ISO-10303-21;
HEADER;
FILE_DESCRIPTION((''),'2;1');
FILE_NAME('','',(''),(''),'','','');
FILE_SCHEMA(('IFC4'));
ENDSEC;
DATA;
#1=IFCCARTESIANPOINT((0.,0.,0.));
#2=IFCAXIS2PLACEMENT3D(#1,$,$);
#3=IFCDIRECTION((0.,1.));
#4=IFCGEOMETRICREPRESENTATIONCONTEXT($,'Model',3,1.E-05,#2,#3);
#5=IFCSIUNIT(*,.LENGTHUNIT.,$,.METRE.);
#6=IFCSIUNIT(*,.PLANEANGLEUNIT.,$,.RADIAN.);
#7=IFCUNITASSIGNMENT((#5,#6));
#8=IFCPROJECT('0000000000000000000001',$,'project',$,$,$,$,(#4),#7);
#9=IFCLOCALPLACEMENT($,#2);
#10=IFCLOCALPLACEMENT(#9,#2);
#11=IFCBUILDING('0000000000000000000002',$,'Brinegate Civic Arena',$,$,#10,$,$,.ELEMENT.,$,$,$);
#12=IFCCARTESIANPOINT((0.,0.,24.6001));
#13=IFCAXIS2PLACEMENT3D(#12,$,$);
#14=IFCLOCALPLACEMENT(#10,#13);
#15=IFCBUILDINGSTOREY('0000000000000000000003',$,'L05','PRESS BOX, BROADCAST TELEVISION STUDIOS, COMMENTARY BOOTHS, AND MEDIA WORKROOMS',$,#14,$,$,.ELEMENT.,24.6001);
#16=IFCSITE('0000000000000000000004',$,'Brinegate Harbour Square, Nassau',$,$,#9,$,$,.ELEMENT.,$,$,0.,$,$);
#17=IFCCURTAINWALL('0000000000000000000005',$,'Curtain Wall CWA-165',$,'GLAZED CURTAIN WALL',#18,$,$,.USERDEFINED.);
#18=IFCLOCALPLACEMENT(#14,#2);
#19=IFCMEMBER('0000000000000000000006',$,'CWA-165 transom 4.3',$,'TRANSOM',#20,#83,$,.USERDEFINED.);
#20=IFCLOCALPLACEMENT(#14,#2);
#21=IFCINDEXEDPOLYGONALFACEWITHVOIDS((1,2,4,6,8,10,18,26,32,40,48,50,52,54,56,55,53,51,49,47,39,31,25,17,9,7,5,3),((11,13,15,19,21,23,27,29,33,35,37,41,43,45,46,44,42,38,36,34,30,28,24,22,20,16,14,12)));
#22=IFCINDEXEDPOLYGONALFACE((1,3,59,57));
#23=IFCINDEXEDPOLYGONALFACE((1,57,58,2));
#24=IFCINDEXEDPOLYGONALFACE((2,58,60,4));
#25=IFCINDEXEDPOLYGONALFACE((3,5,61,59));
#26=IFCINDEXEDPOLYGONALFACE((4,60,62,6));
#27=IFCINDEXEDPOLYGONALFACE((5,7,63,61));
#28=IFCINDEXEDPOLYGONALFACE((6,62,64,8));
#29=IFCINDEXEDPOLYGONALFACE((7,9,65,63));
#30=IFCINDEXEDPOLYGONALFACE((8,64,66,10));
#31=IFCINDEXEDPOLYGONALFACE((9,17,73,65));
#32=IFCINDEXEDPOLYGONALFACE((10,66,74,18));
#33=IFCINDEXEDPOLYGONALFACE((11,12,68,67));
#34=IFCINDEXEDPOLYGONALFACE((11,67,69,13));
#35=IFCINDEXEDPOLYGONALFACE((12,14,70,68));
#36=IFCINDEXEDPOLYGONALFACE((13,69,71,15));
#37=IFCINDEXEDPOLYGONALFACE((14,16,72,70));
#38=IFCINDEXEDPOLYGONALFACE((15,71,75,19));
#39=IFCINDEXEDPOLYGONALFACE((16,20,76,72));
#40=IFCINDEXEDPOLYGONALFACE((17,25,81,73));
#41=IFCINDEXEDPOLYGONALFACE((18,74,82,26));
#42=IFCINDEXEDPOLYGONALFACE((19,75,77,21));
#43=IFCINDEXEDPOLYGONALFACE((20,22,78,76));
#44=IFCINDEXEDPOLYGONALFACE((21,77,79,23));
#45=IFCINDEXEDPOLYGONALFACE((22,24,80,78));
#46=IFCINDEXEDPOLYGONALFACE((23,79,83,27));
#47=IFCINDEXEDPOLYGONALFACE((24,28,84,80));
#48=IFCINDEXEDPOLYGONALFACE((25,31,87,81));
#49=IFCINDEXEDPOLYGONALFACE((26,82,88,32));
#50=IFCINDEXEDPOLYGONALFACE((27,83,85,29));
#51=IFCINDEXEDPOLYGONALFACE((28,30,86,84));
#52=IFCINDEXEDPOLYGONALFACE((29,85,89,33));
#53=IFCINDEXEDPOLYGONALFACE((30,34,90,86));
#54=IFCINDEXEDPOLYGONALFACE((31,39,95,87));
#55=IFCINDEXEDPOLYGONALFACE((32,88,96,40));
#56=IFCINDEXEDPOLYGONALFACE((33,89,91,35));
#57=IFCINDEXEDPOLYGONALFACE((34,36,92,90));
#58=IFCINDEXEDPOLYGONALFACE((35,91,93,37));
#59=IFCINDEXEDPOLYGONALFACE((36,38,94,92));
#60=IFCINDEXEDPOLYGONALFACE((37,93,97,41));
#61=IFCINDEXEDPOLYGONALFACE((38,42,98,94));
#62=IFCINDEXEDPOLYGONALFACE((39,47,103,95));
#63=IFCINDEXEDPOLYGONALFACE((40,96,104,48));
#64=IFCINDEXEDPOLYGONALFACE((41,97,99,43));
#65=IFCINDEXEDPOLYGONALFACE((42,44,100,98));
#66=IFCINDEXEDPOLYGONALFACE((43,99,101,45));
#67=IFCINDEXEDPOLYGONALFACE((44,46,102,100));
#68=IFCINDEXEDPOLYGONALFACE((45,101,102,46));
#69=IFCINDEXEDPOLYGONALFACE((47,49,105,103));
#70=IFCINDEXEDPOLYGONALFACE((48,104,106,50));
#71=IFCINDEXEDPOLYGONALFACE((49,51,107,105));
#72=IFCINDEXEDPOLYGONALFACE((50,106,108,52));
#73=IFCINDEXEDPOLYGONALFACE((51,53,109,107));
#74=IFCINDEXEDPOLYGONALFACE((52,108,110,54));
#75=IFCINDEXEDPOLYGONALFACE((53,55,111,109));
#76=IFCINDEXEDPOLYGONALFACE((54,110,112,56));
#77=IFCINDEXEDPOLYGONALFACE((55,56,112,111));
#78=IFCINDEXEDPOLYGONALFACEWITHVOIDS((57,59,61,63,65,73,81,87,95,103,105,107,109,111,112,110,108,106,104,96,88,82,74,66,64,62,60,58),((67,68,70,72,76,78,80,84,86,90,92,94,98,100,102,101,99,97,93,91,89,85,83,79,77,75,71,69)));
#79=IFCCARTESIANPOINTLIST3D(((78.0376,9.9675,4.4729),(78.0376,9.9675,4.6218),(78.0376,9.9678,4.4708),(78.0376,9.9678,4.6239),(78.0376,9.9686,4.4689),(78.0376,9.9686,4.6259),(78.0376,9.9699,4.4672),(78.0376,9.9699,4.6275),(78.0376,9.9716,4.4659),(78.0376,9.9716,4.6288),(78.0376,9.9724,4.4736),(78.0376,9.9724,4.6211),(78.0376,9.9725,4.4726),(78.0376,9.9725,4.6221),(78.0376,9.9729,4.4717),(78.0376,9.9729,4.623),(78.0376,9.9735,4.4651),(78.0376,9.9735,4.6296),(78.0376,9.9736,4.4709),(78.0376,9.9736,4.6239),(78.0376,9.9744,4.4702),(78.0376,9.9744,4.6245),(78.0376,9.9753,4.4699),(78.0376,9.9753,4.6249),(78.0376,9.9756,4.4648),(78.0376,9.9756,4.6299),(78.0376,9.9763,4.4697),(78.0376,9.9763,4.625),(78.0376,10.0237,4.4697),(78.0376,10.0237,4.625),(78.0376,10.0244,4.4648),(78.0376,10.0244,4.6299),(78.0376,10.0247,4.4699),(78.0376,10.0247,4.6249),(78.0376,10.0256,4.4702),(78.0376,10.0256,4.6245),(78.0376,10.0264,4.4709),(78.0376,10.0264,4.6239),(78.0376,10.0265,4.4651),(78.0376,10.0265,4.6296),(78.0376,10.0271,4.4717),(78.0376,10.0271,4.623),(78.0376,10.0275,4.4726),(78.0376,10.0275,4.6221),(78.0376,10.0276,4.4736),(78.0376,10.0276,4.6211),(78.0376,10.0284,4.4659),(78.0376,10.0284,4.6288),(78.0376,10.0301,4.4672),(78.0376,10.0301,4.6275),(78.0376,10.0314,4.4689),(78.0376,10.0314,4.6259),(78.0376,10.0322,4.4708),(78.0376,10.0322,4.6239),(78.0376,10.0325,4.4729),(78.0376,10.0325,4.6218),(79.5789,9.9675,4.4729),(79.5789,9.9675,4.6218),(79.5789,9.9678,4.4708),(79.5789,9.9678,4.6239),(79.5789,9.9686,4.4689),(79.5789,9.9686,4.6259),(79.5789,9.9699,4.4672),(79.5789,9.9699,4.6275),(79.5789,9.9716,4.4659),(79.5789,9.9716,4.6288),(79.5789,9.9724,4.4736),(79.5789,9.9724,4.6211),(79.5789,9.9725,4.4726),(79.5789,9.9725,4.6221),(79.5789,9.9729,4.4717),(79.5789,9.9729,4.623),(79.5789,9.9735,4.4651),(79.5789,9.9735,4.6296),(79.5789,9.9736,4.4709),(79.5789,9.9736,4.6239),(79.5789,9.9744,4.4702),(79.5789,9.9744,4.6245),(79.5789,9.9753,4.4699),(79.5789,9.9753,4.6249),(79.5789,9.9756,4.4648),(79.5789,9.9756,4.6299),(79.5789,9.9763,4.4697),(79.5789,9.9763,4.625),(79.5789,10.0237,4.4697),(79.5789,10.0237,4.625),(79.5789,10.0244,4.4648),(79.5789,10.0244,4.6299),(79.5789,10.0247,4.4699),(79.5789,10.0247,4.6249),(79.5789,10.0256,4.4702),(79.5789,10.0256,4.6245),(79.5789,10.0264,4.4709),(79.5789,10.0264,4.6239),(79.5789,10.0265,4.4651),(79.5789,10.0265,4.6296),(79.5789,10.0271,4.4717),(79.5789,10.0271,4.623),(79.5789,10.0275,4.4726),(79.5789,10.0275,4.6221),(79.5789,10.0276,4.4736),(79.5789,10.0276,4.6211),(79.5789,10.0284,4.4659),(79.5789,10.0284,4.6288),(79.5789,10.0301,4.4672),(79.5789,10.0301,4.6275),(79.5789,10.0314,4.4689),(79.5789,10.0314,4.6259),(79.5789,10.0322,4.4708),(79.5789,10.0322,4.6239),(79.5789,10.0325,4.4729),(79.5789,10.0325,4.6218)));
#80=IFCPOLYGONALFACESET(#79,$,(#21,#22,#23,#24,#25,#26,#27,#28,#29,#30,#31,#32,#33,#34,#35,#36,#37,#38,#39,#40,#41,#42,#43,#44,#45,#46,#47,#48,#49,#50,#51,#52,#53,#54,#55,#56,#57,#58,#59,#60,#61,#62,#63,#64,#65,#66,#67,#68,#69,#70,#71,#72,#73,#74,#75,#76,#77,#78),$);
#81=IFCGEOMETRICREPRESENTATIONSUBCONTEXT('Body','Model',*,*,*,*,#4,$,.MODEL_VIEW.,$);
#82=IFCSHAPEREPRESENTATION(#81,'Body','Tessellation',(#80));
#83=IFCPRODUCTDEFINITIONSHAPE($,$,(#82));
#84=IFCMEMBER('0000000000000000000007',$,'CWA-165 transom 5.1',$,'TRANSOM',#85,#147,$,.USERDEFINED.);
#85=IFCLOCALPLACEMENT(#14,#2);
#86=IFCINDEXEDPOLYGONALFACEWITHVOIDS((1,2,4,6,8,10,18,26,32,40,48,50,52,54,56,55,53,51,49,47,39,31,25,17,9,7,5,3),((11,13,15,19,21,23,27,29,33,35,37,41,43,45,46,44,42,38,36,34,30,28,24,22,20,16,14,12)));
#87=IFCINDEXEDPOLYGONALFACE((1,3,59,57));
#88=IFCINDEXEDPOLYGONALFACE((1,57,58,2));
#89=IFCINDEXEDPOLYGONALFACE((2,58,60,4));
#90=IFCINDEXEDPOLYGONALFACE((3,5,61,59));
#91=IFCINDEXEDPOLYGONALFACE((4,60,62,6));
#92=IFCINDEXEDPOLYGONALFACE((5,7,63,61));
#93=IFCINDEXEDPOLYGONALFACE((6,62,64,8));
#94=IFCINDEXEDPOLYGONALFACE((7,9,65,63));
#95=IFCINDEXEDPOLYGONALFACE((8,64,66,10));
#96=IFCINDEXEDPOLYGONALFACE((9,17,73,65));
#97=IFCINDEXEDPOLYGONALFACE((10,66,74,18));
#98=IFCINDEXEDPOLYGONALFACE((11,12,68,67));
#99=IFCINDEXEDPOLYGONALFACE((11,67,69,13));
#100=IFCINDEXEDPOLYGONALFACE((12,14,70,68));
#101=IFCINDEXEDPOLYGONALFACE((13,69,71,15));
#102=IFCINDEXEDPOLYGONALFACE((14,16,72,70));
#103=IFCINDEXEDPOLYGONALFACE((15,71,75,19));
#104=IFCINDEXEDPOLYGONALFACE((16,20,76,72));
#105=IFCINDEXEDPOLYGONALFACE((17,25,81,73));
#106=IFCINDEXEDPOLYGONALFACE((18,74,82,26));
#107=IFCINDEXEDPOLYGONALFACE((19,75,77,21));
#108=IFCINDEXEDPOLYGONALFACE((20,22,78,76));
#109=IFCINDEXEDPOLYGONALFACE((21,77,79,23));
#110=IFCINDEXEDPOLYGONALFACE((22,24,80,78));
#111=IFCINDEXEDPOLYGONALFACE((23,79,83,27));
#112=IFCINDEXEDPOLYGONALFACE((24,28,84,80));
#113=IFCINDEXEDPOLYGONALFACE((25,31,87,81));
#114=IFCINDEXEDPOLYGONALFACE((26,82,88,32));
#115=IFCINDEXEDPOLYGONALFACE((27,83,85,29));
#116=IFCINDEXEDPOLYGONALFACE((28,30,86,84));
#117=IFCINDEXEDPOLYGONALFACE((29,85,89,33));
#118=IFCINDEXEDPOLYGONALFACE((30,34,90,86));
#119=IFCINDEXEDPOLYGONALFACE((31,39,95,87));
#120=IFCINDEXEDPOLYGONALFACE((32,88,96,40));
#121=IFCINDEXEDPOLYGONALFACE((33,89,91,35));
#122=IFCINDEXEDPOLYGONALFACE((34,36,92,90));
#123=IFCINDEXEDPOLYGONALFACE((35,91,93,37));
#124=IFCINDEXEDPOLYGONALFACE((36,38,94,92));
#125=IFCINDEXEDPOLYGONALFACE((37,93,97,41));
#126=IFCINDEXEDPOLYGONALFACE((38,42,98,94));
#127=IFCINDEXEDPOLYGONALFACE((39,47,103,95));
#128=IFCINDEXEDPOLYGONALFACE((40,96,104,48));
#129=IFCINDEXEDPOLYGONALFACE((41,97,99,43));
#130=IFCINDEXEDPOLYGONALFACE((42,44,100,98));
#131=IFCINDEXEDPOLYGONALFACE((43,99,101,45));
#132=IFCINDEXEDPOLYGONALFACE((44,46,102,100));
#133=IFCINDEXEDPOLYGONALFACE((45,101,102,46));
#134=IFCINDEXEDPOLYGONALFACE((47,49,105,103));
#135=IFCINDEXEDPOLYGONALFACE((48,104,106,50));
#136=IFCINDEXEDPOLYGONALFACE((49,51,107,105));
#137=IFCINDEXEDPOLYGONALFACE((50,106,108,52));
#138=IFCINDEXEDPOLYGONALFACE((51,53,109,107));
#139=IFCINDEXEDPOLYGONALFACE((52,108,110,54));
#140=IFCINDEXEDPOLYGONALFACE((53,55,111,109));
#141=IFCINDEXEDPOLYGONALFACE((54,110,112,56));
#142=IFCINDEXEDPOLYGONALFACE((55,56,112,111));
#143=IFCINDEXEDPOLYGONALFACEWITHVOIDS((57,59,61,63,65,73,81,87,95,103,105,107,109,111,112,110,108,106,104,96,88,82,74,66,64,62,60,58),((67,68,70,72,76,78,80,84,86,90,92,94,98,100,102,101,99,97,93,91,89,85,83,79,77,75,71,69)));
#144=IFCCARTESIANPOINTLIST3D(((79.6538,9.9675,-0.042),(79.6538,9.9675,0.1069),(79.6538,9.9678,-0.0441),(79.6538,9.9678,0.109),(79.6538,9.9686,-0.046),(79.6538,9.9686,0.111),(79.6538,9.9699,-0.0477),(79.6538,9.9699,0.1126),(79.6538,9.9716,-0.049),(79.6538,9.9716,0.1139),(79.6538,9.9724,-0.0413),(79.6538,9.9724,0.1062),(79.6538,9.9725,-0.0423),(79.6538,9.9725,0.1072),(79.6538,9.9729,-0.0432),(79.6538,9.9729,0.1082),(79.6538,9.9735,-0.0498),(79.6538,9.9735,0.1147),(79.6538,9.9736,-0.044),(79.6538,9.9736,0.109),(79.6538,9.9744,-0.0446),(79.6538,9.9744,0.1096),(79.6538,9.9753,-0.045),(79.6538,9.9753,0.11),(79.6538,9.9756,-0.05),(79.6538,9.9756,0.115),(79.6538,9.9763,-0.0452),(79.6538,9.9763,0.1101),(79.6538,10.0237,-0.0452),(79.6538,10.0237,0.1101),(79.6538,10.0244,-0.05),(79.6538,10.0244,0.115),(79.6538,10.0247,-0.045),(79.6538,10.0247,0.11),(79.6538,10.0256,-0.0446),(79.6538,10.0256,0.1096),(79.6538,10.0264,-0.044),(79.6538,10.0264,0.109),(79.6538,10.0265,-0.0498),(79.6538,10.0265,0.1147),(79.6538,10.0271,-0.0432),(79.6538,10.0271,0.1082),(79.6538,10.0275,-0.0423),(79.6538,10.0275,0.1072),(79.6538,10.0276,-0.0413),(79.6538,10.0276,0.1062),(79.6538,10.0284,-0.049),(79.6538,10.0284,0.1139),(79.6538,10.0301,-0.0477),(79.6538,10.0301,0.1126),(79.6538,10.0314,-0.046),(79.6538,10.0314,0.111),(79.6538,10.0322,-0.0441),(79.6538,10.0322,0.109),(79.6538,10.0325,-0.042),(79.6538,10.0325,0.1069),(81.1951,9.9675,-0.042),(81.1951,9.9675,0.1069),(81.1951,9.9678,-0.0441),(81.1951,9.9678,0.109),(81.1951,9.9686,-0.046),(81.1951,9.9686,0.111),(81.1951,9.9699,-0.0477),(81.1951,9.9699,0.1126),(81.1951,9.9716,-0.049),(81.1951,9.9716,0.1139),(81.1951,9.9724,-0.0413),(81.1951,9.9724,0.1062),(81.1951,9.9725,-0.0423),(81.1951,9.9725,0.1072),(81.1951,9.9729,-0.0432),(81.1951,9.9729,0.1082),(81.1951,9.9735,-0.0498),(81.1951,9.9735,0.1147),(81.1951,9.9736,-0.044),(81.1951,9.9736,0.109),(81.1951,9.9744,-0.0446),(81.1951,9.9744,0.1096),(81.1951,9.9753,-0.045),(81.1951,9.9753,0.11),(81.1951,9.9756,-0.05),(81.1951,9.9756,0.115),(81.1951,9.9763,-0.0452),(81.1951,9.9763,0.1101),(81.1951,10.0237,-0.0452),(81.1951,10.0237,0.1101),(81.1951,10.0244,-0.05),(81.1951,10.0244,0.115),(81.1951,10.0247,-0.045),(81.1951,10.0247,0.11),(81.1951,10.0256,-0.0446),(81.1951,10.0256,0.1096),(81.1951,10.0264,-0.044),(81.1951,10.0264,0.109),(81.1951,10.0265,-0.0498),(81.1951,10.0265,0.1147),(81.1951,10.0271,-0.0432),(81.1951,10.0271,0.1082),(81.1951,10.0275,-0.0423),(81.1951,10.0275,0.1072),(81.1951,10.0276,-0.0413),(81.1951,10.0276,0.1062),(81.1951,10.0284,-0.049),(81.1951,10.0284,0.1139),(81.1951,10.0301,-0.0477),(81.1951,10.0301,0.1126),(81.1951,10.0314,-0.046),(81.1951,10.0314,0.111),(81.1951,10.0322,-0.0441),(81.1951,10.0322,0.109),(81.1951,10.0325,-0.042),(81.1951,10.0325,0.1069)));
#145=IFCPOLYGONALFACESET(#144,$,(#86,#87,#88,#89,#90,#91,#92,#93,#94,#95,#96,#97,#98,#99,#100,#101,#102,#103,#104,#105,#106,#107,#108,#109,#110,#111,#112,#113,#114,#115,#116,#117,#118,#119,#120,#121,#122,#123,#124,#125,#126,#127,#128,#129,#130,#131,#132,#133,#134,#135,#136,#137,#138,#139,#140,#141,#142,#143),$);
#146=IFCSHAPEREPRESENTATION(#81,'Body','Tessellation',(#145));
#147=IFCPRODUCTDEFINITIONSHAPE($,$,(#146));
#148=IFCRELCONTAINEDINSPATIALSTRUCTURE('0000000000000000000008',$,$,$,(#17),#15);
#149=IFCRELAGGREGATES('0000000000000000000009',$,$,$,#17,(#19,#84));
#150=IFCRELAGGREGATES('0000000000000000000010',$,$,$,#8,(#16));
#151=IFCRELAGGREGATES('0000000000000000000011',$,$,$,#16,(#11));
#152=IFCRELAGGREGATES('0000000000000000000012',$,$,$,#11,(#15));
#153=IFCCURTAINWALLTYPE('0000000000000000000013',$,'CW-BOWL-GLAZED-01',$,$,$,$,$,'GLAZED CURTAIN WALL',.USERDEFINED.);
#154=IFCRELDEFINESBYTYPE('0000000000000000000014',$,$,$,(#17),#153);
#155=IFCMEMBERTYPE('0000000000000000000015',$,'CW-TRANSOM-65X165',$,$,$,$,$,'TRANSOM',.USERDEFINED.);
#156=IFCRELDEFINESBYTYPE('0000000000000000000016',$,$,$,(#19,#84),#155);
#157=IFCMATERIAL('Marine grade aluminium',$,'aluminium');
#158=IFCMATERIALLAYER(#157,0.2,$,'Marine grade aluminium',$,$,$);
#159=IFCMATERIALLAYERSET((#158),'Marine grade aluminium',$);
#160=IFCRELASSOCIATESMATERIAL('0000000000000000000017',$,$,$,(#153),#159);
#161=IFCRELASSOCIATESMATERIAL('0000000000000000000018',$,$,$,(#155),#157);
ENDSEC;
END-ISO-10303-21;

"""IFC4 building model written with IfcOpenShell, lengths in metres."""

from ifc_helpers import new_model, si_unit, direction, frame, origin, origin_2d, place, context, subcontext, project, spatial, hollow_rectangle, extrude, material, layer, layer_set, material_profile, profile_set, type_object, element, aggregate, save


model = new_model("IFC4")

# Units and contexts
model_context = context("Model", 3, precision=1e-05, world=origin(), true_north=direction((0.0, 1.0)))
body_context = subcontext(model_context, "Body", "Model", "MODEL_VIEW")
ifc_project = project(units=[si_unit("LENGTHUNIT", "METRE"), si_unit("PLANEANGLEUNIT", "RADIAN")], contexts=[model_context])

# Site, building, storey
site_placement = place(None, origin())
site = spatial("IfcSite", under=ifc_project, at=site_placement, Name="Brinegate Harbour Square, Nassau", CompositionType="ELEMENT", RefElevation=0.0)
building_placement = place(site_placement, origin())
building = spatial("IfcBuilding", under=site, at=building_placement, Name="Brinegate Civic Arena", CompositionType="ELEMENT")
storey_placement = place(building_placement, frame((0.0, 0.0, 24.6001)))
storey = spatial("IfcBuildingStorey", under=building, at=storey_placement, Name="L05", Description="PRESS BOX, BROADCAST TELEVISION STUDIOS, COMMENTARY BOOTHS, AND MEDIA WORKROOMS", CompositionType="ELEMENT", Elevation=24.6001)

# Curtain wall, members
ifc_material_1 = material(Name="Marine grade aluminium", Category="aluminium")
ifc_layer_1 = layer(ifc_material_1, 0.2, Name="Marine grade aluminium")
ifc_layer_set_1 = layer_set([ifc_layer_1], Name="Marine grade aluminium")
curtain_wall_type = type_object("IfcCurtainWallType", Name="CW-BOWL-GLAZED-01", ElementType="GLAZED CURTAIN WALL", PredefinedType="USERDEFINED", material=ifc_layer_set_1)
curtain_wall_placement = place(storey_placement, origin())
curtain_wall = element("IfcCurtainWall", 1, at=curtain_wall_placement, inside=storey, type_object=curtain_wall_type, Name="Curtain Wall CWA-165", ObjectType="GLAZED CURTAIN WALL", PredefinedType="USERDEFINED")
ifc_material_profile_1 = material_profile(ifc_material_1, hollow_rectangle(XDim=0.0649, YDim=0.165, WallThickness=0.0049, InnerFilletRadius=0.0039, OuterFilletRadius=0.0081, at=origin_2d()), Name="TRN65X165")
ifc_profile_set_1 = profile_set([ifc_material_profile_1], Name="Marine grade aluminium")
member_type_1 = type_object("IfcMemberType", Name="CW-TRANSOM-65X165", ElementType="TRANSOM", PredefinedType="USERDEFINED", material=ifc_profile_set_1)
member_1_placement = place(storey_placement, frame((78.0376, 10.0, 4.5474), z_axis=(1.0, 0.0, 0.0), x_axis=(0.0, 1.0, 0.0)))
member_1 = element("IfcMember", 2, at=member_1_placement, type_object=member_type_1, Name="CWA-165 transom 4.3", ObjectType="TRANSOM", PredefinedType="USERDEFINED", context=body_context, shape_type="SweptSolid", body=[
    extrude(hollow_rectangle(XDim=0.0649, YDim=0.165, WallThickness=0.0049, InnerFilletRadius=0.0039, OuterFilletRadius=0.0081, at=origin_2d()), origin(), (0.0, 0.0, 1.0), 1.5413),
])
member_2_placement = place(storey_placement, frame((79.6538, 10.0, 0.0325), z_axis=(1.0, 0.0, 0.0), x_axis=(0.0, 1.0, 0.0)))
member_2 = element("IfcMember", 3, at=member_2_placement, type_object=member_type_1, Name="CWA-165 transom 5.1", ObjectType="TRANSOM", PredefinedType="USERDEFINED", context=body_context, shape_type="SweptSolid", body=[
    extrude(hollow_rectangle(XDim=0.0649, YDim=0.165, WallThickness=0.0049, InnerFilletRadius=0.0039, OuterFilletRadius=0.0081, at=origin_2d()), origin(), (0.0, 0.0, 1.0), 1.5413),
])
aggregate(curtain_wall, [member_1, member_2])

save(model, "model.ifc")
